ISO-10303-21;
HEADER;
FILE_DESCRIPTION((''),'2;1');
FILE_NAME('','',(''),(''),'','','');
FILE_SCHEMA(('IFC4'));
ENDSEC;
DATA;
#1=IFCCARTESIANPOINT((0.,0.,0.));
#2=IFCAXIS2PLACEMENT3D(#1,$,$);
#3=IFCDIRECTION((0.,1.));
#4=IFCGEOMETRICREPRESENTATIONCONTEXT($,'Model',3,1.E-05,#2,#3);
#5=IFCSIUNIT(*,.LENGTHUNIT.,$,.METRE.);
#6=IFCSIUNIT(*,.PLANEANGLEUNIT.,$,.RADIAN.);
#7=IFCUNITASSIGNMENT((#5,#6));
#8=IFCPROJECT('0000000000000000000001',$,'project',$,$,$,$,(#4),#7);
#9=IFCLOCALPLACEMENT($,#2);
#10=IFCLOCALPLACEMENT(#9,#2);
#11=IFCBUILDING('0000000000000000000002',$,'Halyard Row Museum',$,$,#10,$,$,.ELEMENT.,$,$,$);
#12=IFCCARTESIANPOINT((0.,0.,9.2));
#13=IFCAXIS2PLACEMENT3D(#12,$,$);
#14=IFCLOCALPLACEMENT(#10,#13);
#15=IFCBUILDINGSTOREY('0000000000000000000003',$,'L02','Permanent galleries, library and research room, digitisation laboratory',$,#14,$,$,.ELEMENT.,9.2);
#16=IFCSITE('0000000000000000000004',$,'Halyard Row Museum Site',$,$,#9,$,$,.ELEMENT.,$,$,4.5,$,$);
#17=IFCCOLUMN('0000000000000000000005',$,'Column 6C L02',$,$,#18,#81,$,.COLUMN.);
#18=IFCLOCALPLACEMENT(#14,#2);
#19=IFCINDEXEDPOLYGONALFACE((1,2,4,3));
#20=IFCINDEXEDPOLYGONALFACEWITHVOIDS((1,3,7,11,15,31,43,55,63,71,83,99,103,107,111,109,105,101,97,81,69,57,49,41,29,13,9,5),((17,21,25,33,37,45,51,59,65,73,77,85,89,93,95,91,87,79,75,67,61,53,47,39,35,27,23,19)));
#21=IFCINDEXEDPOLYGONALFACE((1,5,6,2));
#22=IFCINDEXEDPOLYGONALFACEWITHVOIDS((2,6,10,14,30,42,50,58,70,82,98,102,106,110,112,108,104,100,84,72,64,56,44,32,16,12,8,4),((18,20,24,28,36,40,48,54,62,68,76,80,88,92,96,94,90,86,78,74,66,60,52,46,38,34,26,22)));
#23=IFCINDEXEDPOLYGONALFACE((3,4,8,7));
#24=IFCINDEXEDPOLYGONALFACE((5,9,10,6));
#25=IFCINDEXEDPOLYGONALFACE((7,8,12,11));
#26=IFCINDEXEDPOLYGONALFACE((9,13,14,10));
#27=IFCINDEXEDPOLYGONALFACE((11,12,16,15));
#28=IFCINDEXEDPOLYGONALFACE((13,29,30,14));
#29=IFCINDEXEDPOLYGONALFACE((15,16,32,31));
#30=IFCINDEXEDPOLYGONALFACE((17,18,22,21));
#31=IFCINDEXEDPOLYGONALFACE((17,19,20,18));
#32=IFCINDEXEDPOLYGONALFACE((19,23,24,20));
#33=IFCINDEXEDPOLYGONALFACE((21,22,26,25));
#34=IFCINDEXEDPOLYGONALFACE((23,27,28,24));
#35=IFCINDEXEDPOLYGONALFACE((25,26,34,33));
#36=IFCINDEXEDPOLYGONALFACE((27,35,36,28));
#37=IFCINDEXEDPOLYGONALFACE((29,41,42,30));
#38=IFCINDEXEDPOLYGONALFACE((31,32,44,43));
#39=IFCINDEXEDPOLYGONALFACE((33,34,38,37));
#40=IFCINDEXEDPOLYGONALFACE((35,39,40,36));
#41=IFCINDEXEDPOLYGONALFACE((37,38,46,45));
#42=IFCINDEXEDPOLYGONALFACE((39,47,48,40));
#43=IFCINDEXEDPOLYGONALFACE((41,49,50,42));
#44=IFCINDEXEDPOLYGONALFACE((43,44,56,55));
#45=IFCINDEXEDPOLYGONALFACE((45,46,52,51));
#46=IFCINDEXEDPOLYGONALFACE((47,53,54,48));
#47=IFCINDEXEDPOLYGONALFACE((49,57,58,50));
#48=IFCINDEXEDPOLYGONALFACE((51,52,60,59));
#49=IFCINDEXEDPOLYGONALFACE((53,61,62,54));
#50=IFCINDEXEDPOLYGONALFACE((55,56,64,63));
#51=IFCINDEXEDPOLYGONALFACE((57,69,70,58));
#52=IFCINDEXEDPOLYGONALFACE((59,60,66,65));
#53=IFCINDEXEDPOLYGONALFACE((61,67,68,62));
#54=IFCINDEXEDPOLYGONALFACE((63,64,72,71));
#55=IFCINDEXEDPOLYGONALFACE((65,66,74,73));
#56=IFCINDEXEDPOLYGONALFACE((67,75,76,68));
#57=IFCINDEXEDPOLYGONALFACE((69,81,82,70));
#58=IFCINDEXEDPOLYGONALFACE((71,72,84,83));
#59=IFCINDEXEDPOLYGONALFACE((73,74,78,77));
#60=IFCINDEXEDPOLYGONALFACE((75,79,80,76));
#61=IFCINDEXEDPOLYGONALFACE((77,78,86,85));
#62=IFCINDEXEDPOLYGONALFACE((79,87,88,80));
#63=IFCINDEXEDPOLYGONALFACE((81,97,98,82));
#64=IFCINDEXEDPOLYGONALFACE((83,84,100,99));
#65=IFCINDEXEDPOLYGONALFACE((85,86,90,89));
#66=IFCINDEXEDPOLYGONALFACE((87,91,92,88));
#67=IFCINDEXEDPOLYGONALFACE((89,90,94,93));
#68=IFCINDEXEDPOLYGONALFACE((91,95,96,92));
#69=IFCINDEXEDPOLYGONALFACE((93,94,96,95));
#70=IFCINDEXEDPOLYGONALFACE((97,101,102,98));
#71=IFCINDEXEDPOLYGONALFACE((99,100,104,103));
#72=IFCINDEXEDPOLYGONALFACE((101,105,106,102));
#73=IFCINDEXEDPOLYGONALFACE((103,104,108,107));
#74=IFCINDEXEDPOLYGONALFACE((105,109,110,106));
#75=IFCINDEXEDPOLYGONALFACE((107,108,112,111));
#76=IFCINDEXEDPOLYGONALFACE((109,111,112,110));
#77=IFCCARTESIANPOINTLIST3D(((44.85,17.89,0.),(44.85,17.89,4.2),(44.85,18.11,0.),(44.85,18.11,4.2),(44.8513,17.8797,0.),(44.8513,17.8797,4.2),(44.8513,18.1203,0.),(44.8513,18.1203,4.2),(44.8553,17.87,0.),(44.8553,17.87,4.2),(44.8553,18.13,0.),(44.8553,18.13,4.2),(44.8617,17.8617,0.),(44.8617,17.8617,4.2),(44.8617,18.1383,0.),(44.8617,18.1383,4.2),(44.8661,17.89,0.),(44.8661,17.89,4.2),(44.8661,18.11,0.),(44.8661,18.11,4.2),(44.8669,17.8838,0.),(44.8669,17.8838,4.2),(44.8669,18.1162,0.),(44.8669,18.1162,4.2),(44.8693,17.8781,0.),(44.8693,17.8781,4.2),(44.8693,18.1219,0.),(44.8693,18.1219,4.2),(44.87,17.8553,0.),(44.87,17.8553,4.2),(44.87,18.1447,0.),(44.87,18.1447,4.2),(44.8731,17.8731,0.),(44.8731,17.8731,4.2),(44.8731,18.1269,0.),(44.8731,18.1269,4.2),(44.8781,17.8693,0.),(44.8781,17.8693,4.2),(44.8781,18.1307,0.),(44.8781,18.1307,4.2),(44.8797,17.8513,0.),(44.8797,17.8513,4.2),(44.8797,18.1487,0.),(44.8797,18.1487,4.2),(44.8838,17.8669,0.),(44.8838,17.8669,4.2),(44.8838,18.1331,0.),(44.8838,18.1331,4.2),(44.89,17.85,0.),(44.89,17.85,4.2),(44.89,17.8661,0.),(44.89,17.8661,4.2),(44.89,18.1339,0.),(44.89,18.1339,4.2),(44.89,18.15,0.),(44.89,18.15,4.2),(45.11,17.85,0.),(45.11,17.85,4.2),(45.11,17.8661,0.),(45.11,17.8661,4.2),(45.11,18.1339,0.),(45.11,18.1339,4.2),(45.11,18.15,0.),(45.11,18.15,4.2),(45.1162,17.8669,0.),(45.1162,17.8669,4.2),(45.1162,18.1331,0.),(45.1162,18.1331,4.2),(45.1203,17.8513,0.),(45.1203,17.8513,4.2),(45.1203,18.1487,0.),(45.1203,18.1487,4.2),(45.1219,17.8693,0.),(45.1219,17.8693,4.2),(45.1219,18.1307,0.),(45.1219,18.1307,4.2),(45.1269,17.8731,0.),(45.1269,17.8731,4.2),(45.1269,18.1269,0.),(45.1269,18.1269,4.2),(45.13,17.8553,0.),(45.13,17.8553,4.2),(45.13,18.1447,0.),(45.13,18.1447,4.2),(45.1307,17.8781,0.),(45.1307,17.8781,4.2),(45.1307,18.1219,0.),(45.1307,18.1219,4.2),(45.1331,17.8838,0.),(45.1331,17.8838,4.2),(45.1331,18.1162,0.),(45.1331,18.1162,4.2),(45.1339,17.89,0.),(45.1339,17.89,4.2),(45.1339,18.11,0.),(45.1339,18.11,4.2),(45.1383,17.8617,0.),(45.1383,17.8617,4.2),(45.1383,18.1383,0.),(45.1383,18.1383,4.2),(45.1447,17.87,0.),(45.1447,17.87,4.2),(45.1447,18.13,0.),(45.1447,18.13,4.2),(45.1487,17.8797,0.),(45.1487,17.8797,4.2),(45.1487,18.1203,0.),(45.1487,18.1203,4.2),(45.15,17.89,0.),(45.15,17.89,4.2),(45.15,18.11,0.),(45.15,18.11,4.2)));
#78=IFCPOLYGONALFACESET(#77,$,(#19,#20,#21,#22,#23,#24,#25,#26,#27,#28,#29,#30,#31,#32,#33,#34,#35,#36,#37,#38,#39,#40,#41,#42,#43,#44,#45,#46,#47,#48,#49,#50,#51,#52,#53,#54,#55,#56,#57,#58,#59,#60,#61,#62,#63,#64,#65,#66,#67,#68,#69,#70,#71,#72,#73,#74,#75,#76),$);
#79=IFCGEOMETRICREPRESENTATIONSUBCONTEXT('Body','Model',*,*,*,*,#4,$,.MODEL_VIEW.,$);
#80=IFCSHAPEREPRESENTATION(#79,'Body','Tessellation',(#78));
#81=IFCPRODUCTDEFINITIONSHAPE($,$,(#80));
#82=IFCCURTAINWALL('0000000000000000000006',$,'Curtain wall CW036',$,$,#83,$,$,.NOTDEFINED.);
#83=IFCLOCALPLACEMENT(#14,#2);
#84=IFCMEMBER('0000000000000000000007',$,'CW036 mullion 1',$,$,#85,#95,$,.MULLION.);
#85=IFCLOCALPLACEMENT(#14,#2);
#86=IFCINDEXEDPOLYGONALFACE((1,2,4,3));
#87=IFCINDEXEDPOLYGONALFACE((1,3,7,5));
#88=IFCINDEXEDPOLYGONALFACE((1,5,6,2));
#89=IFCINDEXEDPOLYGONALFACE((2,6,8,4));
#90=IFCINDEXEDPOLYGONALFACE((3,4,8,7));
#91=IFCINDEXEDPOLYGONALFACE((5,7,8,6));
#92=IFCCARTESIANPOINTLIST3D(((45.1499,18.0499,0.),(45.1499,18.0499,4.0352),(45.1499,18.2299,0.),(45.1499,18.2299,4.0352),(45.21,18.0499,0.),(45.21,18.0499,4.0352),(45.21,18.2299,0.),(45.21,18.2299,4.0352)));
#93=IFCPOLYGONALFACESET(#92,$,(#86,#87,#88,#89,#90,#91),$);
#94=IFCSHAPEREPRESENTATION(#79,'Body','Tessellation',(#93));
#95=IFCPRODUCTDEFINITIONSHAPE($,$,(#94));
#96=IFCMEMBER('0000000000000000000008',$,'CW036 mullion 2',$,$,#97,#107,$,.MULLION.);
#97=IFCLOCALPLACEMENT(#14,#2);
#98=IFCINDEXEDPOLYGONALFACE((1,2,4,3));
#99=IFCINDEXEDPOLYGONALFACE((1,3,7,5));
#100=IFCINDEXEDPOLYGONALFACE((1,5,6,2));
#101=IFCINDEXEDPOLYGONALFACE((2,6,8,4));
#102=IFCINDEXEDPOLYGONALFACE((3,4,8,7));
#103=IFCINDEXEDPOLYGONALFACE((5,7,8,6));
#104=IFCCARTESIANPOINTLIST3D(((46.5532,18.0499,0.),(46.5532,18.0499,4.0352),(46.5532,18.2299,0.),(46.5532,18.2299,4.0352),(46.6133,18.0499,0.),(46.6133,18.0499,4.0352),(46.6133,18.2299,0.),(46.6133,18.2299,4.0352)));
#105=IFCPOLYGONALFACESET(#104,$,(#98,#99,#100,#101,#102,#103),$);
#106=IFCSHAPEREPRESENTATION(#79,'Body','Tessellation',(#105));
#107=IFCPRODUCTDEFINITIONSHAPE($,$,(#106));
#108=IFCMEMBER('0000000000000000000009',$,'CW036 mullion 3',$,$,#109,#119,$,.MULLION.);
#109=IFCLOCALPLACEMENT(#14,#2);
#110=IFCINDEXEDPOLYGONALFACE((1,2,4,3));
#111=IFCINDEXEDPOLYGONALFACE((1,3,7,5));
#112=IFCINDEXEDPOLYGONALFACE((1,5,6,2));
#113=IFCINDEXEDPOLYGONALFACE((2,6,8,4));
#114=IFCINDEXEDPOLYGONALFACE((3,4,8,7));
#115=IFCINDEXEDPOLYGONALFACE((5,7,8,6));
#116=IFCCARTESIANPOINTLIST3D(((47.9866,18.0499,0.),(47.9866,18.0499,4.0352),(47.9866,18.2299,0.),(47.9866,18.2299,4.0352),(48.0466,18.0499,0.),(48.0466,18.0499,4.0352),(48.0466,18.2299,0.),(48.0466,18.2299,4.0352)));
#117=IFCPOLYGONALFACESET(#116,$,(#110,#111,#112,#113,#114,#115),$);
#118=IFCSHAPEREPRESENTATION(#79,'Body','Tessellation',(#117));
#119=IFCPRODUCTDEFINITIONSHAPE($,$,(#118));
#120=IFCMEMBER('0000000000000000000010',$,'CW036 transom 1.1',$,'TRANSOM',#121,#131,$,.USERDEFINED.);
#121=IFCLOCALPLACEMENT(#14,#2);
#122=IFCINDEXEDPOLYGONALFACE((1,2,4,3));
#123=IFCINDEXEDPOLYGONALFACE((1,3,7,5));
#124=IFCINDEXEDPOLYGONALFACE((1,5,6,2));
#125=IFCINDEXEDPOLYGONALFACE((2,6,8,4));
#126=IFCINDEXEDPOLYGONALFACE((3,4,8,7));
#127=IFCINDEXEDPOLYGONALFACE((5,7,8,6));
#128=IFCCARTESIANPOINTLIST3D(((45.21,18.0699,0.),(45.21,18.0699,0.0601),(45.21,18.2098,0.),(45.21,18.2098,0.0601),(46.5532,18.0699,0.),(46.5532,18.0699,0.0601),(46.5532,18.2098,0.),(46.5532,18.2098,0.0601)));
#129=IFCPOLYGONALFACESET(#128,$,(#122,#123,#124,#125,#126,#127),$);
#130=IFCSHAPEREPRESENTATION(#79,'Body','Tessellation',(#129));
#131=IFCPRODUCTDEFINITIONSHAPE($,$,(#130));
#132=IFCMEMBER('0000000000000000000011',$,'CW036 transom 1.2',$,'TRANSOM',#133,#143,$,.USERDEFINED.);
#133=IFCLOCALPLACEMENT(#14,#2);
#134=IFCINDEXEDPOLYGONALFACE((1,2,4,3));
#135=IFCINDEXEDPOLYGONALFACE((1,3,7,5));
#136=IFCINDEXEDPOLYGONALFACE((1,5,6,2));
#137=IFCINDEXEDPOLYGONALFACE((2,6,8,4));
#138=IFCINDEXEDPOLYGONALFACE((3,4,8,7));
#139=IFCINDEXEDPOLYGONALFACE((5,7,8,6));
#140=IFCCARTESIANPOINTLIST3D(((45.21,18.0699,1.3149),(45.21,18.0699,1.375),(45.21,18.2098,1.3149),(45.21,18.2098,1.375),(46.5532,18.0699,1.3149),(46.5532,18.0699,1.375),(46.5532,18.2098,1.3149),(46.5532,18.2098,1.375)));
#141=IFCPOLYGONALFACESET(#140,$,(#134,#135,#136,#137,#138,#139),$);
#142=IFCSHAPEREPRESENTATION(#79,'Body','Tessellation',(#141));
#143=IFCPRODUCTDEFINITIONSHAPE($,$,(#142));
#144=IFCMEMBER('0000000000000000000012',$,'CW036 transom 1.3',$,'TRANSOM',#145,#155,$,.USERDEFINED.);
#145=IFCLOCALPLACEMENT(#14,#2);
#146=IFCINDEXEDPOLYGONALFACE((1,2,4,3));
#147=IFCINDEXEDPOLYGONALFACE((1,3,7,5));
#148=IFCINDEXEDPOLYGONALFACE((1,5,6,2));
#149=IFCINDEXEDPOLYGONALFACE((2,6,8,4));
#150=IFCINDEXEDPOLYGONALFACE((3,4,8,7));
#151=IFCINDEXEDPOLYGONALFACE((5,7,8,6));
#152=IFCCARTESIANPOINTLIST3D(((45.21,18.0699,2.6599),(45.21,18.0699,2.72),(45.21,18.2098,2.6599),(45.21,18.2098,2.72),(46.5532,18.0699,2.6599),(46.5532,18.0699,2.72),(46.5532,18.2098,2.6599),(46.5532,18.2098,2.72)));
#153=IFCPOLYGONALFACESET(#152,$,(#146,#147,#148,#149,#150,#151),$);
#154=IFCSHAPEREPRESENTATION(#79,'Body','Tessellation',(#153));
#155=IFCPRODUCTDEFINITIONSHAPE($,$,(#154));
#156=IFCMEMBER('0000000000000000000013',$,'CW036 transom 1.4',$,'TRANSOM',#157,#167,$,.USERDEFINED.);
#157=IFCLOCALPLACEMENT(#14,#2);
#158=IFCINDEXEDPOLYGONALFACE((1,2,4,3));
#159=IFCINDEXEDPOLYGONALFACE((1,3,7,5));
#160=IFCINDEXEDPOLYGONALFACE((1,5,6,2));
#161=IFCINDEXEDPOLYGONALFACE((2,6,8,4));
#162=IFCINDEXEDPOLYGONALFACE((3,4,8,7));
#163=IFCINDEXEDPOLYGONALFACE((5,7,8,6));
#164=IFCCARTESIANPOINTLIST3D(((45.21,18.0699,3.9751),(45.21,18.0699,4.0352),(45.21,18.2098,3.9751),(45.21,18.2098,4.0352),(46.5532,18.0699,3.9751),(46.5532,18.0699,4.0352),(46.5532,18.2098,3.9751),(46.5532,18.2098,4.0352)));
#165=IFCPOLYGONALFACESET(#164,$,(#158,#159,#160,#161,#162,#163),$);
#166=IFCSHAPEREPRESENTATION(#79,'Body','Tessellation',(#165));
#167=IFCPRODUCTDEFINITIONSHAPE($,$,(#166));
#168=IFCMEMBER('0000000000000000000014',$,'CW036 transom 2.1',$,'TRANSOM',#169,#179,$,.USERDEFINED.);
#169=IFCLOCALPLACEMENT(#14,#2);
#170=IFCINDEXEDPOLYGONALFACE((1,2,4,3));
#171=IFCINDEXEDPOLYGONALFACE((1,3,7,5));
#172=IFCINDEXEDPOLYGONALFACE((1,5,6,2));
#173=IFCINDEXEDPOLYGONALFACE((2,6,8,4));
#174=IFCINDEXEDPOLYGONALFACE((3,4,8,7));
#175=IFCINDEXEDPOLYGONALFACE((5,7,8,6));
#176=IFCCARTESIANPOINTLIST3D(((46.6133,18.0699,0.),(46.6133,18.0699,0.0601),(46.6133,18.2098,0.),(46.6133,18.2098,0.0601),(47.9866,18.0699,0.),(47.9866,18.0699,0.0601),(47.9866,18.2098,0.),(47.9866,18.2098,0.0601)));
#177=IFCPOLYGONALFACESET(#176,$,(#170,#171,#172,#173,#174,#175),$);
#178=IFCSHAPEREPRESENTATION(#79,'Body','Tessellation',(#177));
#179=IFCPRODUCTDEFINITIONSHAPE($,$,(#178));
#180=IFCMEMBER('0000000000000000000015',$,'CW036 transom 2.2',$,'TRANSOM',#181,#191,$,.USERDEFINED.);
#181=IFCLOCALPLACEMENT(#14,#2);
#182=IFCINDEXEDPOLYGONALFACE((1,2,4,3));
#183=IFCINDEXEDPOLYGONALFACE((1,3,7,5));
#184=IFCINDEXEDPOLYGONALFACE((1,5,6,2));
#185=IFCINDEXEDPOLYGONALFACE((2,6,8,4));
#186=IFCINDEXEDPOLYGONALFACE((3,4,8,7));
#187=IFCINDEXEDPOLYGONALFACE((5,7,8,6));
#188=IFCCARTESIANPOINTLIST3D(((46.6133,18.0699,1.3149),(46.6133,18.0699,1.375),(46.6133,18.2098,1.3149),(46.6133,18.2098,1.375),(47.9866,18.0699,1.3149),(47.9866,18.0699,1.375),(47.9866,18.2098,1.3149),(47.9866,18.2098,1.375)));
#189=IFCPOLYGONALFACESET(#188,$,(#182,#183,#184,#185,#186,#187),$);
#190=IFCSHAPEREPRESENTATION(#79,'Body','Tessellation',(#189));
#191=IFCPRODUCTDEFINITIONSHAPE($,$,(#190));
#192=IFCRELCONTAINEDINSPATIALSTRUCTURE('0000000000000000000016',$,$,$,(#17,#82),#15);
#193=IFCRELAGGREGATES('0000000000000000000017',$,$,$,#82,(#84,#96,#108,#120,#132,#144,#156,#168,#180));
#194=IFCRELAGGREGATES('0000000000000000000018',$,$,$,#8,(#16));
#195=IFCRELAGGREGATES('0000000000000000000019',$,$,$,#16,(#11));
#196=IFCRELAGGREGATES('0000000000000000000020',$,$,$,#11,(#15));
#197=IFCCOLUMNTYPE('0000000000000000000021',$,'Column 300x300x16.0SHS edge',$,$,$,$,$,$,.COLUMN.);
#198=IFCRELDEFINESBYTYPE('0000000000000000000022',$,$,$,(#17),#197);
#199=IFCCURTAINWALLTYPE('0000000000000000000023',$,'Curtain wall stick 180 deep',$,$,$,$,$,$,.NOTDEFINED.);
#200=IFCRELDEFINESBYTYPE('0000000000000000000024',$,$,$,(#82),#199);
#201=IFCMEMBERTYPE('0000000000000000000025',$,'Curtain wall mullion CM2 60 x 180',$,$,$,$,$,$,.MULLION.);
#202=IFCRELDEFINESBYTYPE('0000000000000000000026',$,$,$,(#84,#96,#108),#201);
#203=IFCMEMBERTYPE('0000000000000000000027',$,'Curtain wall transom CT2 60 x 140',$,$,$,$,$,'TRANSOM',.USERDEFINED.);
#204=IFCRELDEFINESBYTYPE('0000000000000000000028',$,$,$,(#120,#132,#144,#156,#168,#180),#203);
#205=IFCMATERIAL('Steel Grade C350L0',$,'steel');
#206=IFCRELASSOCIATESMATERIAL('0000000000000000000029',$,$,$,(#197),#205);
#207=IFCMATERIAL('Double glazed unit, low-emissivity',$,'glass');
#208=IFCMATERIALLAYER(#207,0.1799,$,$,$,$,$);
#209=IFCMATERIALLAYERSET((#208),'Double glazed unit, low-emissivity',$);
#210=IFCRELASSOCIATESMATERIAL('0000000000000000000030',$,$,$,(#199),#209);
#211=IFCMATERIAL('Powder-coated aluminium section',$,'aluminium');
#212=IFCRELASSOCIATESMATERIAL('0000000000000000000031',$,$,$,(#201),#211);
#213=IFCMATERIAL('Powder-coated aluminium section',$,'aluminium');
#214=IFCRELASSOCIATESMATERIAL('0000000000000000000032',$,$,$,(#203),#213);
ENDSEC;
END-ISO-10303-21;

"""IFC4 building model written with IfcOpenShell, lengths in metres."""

from ifc_helpers import new_model, si_unit, direction, frame, origin, origin_2d, place, context, subcontext, project, spatial, rectangle, hollow_rectangle, extrude, material, layer, layer_set, material_profile, profile_set, type_object, element, aggregate, save


model = new_model("IFC4")

# Units and contexts
model_context = context("Model", 3, precision=1e-05, world=origin(), true_north=direction((0.0, 1.0)))
body_context = subcontext(model_context, "Body", "Model", "MODEL_VIEW")
ifc_project = project(units=[si_unit("LENGTHUNIT", "METRE"), si_unit("PLANEANGLEUNIT", "RADIAN")], contexts=[model_context])

# Site, building, storey
site_placement = place(None, origin())
site = spatial("IfcSite", under=ifc_project, at=site_placement, Name="Halyard Row Museum Site", CompositionType="ELEMENT", RefElevation=4.5)
building_placement = place(site_placement, origin())
building = spatial("IfcBuilding", under=site, at=building_placement, Name="Halyard Row Museum", CompositionType="ELEMENT")
storey_placement = place(building_placement, frame((0.0, 0.0, 9.2)))
storey = spatial("IfcBuildingStorey", under=building, at=storey_placement, Name="L02", Description="Permanent galleries, library and research room, digitisation laboratory", CompositionType="ELEMENT", Elevation=9.2)

# Column
ifc_material_1 = material(Name="Steel Grade C350L0", Category="steel")
ifc_material_profile_1 = material_profile(ifc_material_1, hollow_rectangle(XDim=0.3, YDim=0.3, WallThickness=0.0161, InnerFilletRadius=0.0239, OuterFilletRadius=0.04, at=origin_2d()), Name="300x300x16.0SHS")
ifc_profile_set_1 = profile_set([ifc_material_profile_1], Name="Steel Grade C350L0")
column_type = type_object("IfcColumnType", Name="Column 300x300x16.0SHS edge", PredefinedType="COLUMN", material=ifc_profile_set_1)
column_placement = place(storey_placement, frame((45.0, 18.0, 0.0), z_axis=(0.0, 0.0, 1.0), x_axis=(1.0, 0.0, 0.0)))
element("IfcColumn", 1, at=column_placement, inside=storey, type_object=column_type, Name="Column 6C L02", PredefinedType="COLUMN", context=body_context, shape_type="SweptSolid", body=[
    extrude(hollow_rectangle(XDim=0.3, YDim=0.3, WallThickness=0.0161, InnerFilletRadius=0.0239, OuterFilletRadius=0.04, at=origin_2d()), origin(), (0.0, 0.0, 1.0), 4.2),
])

# Curtain wall, members
ifc_material_2 = material(Name="Double glazed unit, low-emissivity", Category="glass")
ifc_layer_1 = layer(ifc_material_2, 0.1799)
ifc_layer_set_1 = layer_set([ifc_layer_1], Name="Double glazed unit, low-emissivity")
curtain_wall_type = type_object("IfcCurtainWallType", Name="Curtain wall stick 180 deep", PredefinedType="NOTDEFINED", material=ifc_layer_set_1)
curtain_wall_placement = place(storey_placement, origin())
curtain_wall = element("IfcCurtainWall", 2, at=curtain_wall_placement, inside=storey, type_object=curtain_wall_type, Name="Curtain wall CW036", PredefinedType="NOTDEFINED")
ifc_material_3 = material(Name="Powder-coated aluminium section", Category="aluminium")
ifc_material_profile_2 = material_profile(ifc_material_3, rectangle(XDim=0.1799, YDim=0.0601, at=origin_2d()), Name="180x60 mullion")
ifc_profile_set_2 = profile_set([ifc_material_profile_2], Name="Powder-coated aluminium section")
member_type_1 = type_object("IfcMemberType", Name="Curtain wall mullion CM2 60 x 180", PredefinedType="MULLION", material=ifc_profile_set_2)
member_1_placement = place(storey_placement, frame((45.1799, 18.1399, 0.0), z_axis=(0.0, 0.0, 1.0), x_axis=(0.0, 1.0, 0.0)))
member_1 = element("IfcMember", 3, at=member_1_placement, type_object=member_type_1, Name="CW036 mullion 1", PredefinedType="MULLION", context=body_context, shape_type="SweptSolid", body=[
    extrude(rectangle(XDim=0.1799, YDim=0.0601, at=origin_2d()), origin(), (0.0, 0.0, 1.0), 4.0352),
])
member_2_placement = place(storey_placement, frame((46.5833, 18.1399, 0.0), z_axis=(0.0, 0.0, 1.0), x_axis=(0.0, 1.0, 0.0)))
member_2 = element("IfcMember", 4, at=member_2_placement, type_object=member_type_1, Name="CW036 mullion 2", PredefinedType="MULLION", context=body_context, shape_type="SweptSolid", body=[
    extrude(rectangle(XDim=0.1799, YDim=0.0601, at=origin_2d()), origin(), (0.0, 0.0, 1.0), 4.0352),
])
member_3_placement = place(storey_placement, frame((48.0166, 18.1399, 0.0), z_axis=(0.0, 0.0, 1.0), x_axis=(0.0, 1.0, 0.0)))
member_3 = element("IfcMember", 5, at=member_3_placement, type_object=member_type_1, Name="CW036 mullion 3", PredefinedType="MULLION", context=body_context, shape_type="SweptSolid", body=[
    extrude(rectangle(XDim=0.1799, YDim=0.0601, at=origin_2d()), origin(), (0.0, 0.0, 1.0), 4.0352),
])
ifc_material_4 = material(Name="Powder-coated aluminium section", Category="aluminium")
ifc_material_profile_3 = material_profile(ifc_material_4, rectangle(XDim=0.1399, YDim=0.0601, at=origin_2d()), Name="140x60 transom")
ifc_profile_set_3 = profile_set([ifc_material_profile_3], Name="Powder-coated aluminium section")
member_type_2 = type_object("IfcMemberType", Name="Curtain wall transom CT2 60 x 140", ElementType="TRANSOM", PredefinedType="USERDEFINED", material=ifc_profile_set_3)
member_4_placement = place(storey_placement, frame((45.21, 18.1399, 0.03), z_axis=(1.0, 0.0, 0.0), x_axis=(0.0, 1.0, 0.0)))
member_4 = element("IfcMember", 6, at=member_4_placement, type_object=member_type_2, Name="CW036 transom 1.1", ObjectType="TRANSOM", PredefinedType="USERDEFINED", context=body_context, shape_type="SweptSolid", body=[
    extrude(rectangle(XDim=0.1399, YDim=0.0601, at=origin_2d()), origin(), (0.0, 0.0, 1.0), 1.3433),
])
member_5_placement = place(storey_placement, frame((45.21, 18.1399, 1.345), z_axis=(1.0, 0.0, 0.0), x_axis=(0.0, 1.0, 0.0)))
member_5 = element("IfcMember", 7, at=member_5_placement, type_object=member_type_2, Name="CW036 transom 1.2", ObjectType="TRANSOM", PredefinedType="USERDEFINED", context=body_context, shape_type="SweptSolid", body=[
    extrude(rectangle(XDim=0.1399, YDim=0.0601, at=origin_2d()), origin(), (0.0, 0.0, 1.0), 1.3433),
])
member_6_placement = place(storey_placement, frame((45.21, 18.1399, 2.6899), z_axis=(1.0, 0.0, 0.0), x_axis=(0.0, 1.0, 0.0)))
member_6 = element("IfcMember", 8, at=member_6_placement, type_object=member_type_2, Name="CW036 transom 1.3", ObjectType="TRANSOM", PredefinedType="USERDEFINED", context=body_context, shape_type="SweptSolid", body=[
    extrude(rectangle(XDim=0.1399, YDim=0.0601, at=origin_2d()), origin(), (0.0, 0.0, 1.0), 1.3433),
])
member_7_placement = place(storey_placement, frame((45.21, 18.1399, 4.0051), z_axis=(1.0, 0.0, 0.0), x_axis=(0.0, 1.0, 0.0)))
member_7 = element("IfcMember", 9, at=member_7_placement, type_object=member_type_2, Name="CW036 transom 1.4", ObjectType="TRANSOM", PredefinedType="USERDEFINED", context=body_context, shape_type="SweptSolid", body=[
    extrude(rectangle(XDim=0.1399, YDim=0.0601, at=origin_2d()), origin(), (0.0, 0.0, 1.0), 1.3433),
])
member_8_placement = place(storey_placement, frame((46.6133, 18.1399, 0.03), z_axis=(1.0, 0.0, 0.0), x_axis=(0.0, 1.0, 0.0)))
member_8 = element("IfcMember", 10, at=member_8_placement, type_object=member_type_2, Name="CW036 transom 2.1", ObjectType="TRANSOM", PredefinedType="USERDEFINED", context=body_context, shape_type="SweptSolid", body=[
    extrude(rectangle(XDim=0.1399, YDim=0.0601, at=origin_2d()), origin(), (0.0, 0.0, 1.0), 1.3733),
])
member_9_placement = place(storey_placement, frame((46.6133, 18.1399, 1.345), z_axis=(1.0, 0.0, 0.0), x_axis=(0.0, 1.0, 0.0)))
member_9 = element("IfcMember", 11, at=member_9_placement, type_object=member_type_2, Name="CW036 transom 2.2", ObjectType="TRANSOM", PredefinedType="USERDEFINED", context=body_context, shape_type="SweptSolid", body=[
    extrude(rectangle(XDim=0.1399, YDim=0.0601, at=origin_2d()), origin(), (0.0, 0.0, 1.0), 1.3733),
])

aggregate(curtain_wall, [member_1, member_2, member_3, member_4, member_5, member_6, member_7, member_8, member_9])

save(model, "model.ifc")
